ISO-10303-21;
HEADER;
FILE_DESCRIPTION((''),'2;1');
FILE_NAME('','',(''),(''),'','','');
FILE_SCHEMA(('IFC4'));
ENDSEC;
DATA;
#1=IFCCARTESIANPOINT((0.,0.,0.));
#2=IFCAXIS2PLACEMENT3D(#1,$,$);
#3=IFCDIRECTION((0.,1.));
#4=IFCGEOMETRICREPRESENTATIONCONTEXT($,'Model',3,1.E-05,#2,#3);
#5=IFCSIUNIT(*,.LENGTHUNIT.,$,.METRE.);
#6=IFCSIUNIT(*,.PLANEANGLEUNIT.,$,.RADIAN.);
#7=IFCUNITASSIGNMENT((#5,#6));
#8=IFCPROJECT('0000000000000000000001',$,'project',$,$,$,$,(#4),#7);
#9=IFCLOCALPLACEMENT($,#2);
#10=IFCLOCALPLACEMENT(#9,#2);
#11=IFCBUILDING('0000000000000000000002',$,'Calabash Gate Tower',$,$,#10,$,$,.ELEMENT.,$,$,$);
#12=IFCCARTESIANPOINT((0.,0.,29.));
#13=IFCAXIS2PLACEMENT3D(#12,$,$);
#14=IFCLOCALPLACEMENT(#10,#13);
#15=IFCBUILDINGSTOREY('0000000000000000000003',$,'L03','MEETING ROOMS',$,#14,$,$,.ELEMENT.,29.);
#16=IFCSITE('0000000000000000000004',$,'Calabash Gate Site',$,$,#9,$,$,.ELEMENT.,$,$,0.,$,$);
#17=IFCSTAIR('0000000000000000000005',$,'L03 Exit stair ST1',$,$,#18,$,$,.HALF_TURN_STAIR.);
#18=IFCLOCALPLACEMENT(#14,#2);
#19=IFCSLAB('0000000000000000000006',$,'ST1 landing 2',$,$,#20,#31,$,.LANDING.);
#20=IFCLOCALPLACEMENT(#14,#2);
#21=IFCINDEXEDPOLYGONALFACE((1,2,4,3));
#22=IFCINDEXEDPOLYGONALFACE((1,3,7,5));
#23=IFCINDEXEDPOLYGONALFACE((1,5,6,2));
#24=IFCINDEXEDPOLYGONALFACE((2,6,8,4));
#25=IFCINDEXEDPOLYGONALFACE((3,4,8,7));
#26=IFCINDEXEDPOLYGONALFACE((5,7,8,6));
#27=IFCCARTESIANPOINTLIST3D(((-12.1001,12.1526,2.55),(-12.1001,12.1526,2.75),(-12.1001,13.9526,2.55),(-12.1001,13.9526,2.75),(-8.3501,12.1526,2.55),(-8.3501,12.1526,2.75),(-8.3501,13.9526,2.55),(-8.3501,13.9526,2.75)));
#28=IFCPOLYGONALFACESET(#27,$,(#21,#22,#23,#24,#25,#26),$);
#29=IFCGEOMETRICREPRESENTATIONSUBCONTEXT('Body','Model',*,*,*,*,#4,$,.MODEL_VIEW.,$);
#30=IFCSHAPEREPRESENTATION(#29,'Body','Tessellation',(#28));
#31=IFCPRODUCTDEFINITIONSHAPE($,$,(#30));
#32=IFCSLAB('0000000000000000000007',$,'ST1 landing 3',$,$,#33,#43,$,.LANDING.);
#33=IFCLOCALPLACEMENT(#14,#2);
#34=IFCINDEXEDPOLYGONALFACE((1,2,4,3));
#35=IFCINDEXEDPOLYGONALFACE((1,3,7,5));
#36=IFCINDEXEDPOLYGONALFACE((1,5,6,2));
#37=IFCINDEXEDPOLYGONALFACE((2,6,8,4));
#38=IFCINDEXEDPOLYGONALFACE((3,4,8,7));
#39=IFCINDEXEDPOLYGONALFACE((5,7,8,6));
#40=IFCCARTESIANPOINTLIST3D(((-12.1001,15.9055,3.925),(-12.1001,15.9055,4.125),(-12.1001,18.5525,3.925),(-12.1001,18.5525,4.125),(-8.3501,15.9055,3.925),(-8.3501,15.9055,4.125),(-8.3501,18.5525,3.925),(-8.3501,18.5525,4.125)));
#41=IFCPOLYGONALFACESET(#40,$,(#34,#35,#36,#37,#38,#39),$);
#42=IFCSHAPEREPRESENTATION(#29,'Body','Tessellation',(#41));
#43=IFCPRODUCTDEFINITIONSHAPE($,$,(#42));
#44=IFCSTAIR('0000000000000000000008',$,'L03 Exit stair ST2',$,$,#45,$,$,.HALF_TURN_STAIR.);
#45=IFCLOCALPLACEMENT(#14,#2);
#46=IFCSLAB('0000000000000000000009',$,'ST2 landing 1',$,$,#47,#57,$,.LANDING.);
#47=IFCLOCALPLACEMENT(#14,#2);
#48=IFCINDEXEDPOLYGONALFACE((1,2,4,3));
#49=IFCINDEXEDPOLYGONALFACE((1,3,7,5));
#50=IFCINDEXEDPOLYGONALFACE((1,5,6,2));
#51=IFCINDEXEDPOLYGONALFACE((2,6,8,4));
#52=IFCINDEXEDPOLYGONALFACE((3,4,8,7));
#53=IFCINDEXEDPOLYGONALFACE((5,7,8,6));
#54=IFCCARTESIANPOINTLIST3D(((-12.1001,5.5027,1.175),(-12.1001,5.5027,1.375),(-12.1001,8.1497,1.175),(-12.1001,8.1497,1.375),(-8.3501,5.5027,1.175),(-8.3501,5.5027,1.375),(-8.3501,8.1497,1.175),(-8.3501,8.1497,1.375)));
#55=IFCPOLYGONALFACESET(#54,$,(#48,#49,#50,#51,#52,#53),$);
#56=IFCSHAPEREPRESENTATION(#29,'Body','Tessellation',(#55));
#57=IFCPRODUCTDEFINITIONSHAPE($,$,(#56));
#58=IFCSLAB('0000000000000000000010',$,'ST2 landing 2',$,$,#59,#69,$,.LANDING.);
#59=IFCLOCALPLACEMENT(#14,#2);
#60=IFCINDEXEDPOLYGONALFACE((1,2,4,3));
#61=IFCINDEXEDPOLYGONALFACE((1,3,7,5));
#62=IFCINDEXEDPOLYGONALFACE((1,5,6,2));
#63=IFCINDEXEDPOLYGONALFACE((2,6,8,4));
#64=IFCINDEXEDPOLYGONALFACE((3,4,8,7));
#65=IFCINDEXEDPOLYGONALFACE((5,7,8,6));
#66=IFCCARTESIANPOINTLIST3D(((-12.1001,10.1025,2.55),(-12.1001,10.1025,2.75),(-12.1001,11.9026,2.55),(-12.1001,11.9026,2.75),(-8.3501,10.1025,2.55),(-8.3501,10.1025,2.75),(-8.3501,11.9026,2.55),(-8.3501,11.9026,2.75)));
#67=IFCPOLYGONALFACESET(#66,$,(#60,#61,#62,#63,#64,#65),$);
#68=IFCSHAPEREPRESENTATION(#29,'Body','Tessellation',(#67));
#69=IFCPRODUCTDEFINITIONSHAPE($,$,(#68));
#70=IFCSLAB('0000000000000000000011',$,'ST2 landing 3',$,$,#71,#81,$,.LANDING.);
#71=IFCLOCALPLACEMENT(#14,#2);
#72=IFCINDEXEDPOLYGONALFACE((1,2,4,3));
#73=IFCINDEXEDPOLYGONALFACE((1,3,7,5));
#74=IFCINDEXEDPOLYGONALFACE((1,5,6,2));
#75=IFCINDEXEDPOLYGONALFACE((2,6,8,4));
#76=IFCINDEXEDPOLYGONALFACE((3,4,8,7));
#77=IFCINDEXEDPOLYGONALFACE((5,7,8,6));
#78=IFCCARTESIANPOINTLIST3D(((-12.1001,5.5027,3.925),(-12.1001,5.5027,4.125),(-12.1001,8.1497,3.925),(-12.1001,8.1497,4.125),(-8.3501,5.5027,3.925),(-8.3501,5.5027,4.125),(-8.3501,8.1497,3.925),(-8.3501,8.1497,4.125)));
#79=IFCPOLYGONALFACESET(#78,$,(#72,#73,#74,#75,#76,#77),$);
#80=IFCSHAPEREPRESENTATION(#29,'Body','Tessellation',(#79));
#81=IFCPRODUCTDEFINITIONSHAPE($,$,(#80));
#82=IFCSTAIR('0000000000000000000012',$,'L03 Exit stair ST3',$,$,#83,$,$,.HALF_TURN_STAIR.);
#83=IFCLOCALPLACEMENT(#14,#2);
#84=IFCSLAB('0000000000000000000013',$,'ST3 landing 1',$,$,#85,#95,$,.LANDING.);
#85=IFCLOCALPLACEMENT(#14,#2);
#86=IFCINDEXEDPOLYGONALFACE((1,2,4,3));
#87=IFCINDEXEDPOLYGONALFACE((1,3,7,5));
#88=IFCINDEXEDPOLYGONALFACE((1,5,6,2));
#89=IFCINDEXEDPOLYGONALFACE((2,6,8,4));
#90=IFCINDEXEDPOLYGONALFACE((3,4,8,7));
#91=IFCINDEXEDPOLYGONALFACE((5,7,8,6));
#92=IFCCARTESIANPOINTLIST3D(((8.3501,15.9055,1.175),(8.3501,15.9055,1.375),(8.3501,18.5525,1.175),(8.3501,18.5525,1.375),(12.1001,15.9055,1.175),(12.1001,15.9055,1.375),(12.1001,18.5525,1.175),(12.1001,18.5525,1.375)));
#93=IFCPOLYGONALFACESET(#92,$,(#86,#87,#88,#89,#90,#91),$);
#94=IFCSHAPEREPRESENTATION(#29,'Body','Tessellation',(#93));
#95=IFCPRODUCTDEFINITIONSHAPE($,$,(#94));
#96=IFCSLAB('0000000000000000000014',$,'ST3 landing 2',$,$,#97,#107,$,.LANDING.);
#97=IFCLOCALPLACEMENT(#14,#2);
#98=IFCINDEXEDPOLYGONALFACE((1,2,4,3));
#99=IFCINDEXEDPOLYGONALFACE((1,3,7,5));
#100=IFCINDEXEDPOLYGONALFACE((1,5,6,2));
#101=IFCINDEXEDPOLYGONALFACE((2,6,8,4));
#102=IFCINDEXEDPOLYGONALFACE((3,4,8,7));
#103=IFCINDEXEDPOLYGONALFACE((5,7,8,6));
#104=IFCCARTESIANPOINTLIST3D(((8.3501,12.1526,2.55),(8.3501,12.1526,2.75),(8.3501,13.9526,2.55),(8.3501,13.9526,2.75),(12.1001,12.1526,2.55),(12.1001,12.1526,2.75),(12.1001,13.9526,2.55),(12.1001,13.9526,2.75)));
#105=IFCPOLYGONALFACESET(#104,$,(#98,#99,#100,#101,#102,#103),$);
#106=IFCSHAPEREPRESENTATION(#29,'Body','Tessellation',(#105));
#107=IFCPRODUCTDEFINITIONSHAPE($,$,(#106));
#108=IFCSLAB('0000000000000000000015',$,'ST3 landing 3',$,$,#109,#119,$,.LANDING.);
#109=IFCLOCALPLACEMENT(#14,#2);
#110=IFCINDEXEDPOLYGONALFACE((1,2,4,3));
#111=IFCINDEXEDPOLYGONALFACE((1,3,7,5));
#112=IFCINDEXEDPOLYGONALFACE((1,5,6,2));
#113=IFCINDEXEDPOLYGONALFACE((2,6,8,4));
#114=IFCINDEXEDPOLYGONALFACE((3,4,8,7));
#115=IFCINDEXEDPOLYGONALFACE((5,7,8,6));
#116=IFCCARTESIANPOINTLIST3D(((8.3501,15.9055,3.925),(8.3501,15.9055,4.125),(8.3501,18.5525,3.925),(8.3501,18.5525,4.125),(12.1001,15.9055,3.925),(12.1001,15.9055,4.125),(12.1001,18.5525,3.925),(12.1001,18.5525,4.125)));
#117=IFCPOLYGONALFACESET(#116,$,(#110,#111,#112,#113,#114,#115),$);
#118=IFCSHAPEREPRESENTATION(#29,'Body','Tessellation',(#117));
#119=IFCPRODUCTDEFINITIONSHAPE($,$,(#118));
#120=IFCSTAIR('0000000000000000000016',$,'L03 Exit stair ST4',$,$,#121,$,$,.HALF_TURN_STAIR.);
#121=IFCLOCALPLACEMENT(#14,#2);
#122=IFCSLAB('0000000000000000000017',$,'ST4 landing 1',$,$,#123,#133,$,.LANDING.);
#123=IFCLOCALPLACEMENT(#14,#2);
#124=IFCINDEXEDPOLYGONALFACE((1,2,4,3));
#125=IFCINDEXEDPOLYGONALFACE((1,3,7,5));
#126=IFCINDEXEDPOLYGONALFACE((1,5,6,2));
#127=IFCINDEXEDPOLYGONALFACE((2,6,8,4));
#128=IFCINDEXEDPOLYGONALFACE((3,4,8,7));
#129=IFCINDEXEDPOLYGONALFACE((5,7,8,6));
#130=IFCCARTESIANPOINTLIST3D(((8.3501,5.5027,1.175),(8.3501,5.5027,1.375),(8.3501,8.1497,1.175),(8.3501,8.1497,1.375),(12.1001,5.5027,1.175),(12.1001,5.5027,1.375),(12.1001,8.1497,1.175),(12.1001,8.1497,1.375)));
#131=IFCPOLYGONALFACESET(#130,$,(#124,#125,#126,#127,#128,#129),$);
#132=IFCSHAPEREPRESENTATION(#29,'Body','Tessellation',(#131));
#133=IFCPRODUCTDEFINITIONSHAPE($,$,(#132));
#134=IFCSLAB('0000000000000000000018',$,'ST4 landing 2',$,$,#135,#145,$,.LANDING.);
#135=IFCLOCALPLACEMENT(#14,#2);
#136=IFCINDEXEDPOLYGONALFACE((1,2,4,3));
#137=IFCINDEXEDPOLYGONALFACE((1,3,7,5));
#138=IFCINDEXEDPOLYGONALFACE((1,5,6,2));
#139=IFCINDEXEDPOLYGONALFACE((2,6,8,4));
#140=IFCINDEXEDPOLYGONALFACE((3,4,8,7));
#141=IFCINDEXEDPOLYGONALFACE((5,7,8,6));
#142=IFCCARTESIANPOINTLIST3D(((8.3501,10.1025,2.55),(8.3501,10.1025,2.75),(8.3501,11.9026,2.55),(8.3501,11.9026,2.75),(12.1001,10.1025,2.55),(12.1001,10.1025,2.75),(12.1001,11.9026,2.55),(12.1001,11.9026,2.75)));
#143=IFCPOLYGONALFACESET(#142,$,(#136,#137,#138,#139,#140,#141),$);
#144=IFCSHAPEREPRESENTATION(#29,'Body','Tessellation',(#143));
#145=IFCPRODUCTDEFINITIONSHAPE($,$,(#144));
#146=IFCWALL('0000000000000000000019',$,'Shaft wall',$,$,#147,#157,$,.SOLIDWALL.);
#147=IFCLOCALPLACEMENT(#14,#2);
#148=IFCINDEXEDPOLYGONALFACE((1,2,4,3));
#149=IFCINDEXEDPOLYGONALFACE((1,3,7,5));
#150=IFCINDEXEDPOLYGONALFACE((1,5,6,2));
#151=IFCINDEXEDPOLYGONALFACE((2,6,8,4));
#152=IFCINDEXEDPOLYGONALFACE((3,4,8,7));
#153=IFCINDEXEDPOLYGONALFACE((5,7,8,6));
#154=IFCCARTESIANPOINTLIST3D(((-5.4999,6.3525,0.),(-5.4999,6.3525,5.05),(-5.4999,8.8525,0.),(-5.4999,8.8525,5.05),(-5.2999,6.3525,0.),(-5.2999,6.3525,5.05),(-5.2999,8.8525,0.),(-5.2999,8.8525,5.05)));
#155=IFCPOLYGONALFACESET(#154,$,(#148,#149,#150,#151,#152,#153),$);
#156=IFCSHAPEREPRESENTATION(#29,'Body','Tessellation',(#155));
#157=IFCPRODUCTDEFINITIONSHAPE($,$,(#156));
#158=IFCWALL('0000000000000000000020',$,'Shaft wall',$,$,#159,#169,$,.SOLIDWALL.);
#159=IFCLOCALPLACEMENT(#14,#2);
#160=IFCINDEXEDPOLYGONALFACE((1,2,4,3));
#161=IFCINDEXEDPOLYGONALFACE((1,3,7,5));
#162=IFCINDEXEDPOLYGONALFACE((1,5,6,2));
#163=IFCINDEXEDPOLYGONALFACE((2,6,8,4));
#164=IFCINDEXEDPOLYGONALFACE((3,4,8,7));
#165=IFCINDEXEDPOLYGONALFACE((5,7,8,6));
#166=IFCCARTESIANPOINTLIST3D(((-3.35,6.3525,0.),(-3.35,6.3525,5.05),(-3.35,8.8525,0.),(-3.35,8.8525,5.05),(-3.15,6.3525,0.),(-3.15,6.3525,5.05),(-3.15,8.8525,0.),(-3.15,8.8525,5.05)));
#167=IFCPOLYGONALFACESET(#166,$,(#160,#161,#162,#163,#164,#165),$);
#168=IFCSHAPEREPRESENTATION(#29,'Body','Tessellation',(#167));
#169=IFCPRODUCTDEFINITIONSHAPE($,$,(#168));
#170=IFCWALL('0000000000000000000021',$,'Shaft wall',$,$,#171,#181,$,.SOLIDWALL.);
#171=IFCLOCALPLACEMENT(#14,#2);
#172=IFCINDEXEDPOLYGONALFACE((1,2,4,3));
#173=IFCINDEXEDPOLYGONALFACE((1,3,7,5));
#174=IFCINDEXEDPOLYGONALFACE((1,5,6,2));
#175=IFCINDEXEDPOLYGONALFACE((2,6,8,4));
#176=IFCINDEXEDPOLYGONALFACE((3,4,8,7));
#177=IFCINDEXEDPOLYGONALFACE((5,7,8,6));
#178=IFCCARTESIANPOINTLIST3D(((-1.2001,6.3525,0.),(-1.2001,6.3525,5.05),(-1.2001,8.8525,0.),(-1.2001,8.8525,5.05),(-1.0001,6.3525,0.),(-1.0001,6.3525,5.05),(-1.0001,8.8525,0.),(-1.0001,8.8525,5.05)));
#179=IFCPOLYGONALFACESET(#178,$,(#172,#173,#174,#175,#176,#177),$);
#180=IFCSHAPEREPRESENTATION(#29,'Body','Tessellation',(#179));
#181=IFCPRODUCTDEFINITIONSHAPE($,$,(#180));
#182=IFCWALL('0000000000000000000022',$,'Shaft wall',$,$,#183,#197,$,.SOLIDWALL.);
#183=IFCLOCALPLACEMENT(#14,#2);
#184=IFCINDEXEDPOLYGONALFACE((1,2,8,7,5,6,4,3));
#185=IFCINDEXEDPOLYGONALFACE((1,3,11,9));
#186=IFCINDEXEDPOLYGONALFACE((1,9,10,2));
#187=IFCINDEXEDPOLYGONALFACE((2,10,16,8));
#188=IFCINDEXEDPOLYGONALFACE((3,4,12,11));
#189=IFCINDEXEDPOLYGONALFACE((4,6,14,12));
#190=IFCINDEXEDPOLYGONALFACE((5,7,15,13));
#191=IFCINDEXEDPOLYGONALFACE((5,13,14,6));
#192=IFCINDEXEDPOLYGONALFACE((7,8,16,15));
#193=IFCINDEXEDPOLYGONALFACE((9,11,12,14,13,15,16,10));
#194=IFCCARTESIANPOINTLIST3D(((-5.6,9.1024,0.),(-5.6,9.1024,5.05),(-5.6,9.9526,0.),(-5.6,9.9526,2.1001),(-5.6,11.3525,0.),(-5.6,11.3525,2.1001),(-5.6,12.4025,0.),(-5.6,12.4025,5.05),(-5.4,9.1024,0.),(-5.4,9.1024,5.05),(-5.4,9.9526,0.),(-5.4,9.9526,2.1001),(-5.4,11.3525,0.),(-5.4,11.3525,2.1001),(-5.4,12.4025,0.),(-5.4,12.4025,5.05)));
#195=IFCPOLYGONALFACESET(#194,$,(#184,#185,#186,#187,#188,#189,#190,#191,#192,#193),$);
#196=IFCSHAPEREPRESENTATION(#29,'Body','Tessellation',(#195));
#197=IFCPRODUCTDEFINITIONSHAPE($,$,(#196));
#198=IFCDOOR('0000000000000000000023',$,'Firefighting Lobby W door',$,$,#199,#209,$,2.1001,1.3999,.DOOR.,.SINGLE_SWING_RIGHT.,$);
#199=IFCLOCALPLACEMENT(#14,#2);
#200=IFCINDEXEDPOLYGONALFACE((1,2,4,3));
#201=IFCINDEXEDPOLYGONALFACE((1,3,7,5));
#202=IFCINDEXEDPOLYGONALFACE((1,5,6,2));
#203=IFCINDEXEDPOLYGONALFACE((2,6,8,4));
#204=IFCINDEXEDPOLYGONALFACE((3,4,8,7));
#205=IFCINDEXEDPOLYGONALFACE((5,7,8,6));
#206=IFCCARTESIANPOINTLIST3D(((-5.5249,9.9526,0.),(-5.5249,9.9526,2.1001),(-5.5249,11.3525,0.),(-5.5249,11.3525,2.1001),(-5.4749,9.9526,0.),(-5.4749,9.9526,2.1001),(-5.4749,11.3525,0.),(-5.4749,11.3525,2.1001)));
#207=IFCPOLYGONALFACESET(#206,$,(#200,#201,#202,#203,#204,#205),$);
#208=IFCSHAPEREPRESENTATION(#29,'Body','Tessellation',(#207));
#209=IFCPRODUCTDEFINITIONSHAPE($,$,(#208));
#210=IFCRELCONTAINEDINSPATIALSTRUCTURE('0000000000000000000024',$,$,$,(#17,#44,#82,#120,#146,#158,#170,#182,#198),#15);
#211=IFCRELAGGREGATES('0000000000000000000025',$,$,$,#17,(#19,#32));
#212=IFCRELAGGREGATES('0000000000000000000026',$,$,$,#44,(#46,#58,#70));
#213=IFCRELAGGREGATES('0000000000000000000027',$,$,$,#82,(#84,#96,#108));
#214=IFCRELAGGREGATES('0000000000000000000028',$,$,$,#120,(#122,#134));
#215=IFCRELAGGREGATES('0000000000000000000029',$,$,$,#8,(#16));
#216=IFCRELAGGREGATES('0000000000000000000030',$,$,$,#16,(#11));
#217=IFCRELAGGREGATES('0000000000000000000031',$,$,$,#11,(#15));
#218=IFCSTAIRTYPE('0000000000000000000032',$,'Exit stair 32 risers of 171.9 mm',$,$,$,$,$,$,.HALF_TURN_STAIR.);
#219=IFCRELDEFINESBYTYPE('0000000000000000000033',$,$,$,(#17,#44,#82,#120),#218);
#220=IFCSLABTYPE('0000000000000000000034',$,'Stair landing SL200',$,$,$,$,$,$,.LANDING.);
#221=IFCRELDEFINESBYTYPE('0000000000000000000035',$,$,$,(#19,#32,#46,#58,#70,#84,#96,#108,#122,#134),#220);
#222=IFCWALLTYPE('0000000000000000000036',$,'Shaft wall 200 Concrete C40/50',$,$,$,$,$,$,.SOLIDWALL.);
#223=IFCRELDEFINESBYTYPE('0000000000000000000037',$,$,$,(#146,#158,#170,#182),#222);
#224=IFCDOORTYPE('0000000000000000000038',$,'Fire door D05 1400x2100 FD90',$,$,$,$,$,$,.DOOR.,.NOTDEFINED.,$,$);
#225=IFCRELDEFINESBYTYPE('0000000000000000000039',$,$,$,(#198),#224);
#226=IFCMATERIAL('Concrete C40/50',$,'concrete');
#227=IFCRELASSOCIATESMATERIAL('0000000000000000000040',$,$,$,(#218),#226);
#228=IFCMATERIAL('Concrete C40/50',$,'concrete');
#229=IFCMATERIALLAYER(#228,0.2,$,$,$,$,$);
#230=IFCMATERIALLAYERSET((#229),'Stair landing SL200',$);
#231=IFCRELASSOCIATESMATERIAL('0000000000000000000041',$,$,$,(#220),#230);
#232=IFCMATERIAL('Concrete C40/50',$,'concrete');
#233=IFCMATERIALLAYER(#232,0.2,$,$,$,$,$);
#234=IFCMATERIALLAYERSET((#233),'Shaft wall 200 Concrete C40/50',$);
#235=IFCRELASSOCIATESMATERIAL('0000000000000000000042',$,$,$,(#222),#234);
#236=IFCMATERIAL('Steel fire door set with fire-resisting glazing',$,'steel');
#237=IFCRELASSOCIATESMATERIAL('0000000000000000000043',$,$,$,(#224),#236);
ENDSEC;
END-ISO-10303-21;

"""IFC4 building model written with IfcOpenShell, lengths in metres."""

from ifc_helpers import new_model, si_unit, direction, frame, frame_2d, origin, place, context, subcontext, project, spatial, polyline, rectangle, outline, extrude, material, layer, layer_set, type_object, element, fill, aggregate, save


model = new_model("IFC4")

# Units and contexts
model_context = context("Model", 3, precision=1e-05, world=origin(), true_north=direction((0.0, 1.0)))
body_context = subcontext(model_context, "Body", "Model", "MODEL_VIEW")
ifc_project = project(units=[si_unit("LENGTHUNIT", "METRE"), si_unit("PLANEANGLEUNIT", "RADIAN")], contexts=[model_context])

# Site, building, storey
site_placement = place(None, origin())
site = spatial("IfcSite", under=ifc_project, at=site_placement, Name="Calabash Gate Site", CompositionType="ELEMENT", RefElevation=0.0)
building_placement = place(site_placement, origin())
building = spatial("IfcBuilding", under=site, at=building_placement, Name="Calabash Gate Tower", CompositionType="ELEMENT")
storey_placement = place(building_placement, frame((0.0, 0.0, 29.0)))
storey = spatial("IfcBuildingStorey", under=building, at=storey_placement, Name="L03", Description="MEETING ROOMS", CompositionType="ELEMENT", Elevation=29.0)

# Stairs, slabs
ifc_material_1 = material(Name="Concrete C40/50", Category="concrete")
stair_type = type_object("IfcStairType", Name="Exit stair 32 risers of 171.9 mm", PredefinedType="HALF_TURN_STAIR", material=ifc_material_1)
stair_1_placement = place(storey_placement, origin())
stair_1 = element("IfcStair", 1, at=stair_1_placement, inside=storey, type_object=stair_type, Name="L03 Exit stair ST1", PredefinedType="HALF_TURN_STAIR")
ifc_material_2 = material(Name="Concrete C40/50", Category="concrete")
ifc_layer_1 = layer(ifc_material_2, 0.2)
ifc_layer_set_1 = layer_set([ifc_layer_1], Name="Stair landing SL200")
slab_type_1 = type_object("IfcSlabType", Name="Stair landing SL200", PredefinedType="LANDING", material=ifc_layer_set_1)
slab_1_placement = place(storey_placement, frame((0.0, 0.0, 2.55)))
slab_1 = element("IfcSlab", 2, at=slab_1_placement, type_object=slab_type_1, Name="ST1 landing 2", PredefinedType="LANDING", context=body_context, shape_type="SweptSolid", body=[
    extrude(outline(polyline([(-8.3501, 12.1526), (-8.3501, 13.9526), (-12.1001, 13.9526), (-12.1001, 12.1526), (-8.3501, 12.1526)])), origin(), (0.0, 0.0, 1.0), 0.2),
])
slab_2_placement = place(storey_placement, frame((0.0, 0.0, 3.925)))
slab_2 = element("IfcSlab", 3, at=slab_2_placement, type_object=slab_type_1, Name="ST1 landing 3", PredefinedType="LANDING", context=body_context, shape_type="SweptSolid", body=[
    extrude(outline(polyline([(-8.3501, 15.9055), (-8.3501, 18.5525), (-12.1001, 18.5525), (-12.1001, 15.9055), (-8.3501, 15.9055)])), origin(), (0.0, 0.0, 1.0), 0.2),
])
aggregate(stair_1, [slab_1, slab_2])
stair_2_placement = place(storey_placement, origin())
stair_2 = element("IfcStair", 4, at=stair_2_placement, inside=storey, type_object=stair_type, Name="L03 Exit stair ST2", PredefinedType="HALF_TURN_STAIR")
slab_3_placement = place(storey_placement, frame((0.0, 0.0, 1.175)))
slab_3 = element("IfcSlab", 5, at=slab_3_placement, type_object=slab_type_1, Name="ST2 landing 1", PredefinedType="LANDING", context=body_context, shape_type="SweptSolid", body=[
    extrude(outline(polyline([(-12.1001, 8.1497), (-12.1001, 5.5027), (-8.3501, 5.5027), (-8.3501, 8.1497), (-12.1001, 8.1497)])), origin(), (0.0, 0.0, 1.0), 0.2),
])
slab_4_placement = place(storey_placement, frame((0.0, 0.0, 2.55)))
slab_4 = element("IfcSlab", 6, at=slab_4_placement, type_object=slab_type_1, Name="ST2 landing 2", PredefinedType="LANDING", context=body_context, shape_type="SweptSolid", body=[
    extrude(outline(polyline([(-12.1001, 11.9026), (-12.1001, 10.1025), (-8.3501, 10.1025), (-8.3501, 11.9026), (-12.1001, 11.9026)])), origin(), (0.0, 0.0, 1.0), 0.2),
])
slab_5_placement = place(storey_placement, frame((0.0, 0.0, 3.925)))
slab_5 = element("IfcSlab", 7, at=slab_5_placement, type_object=slab_type_1, Name="ST2 landing 3", PredefinedType="LANDING", context=body_context, shape_type="SweptSolid", body=[
    extrude(outline(polyline([(-12.1001, 8.1497), (-12.1001, 5.5027), (-8.3501, 5.5027), (-8.3501, 8.1497), (-12.1001, 8.1497)])), origin(), (0.0, 0.0, 1.0), 0.2),
])
aggregate(stair_2, [slab_3, slab_4, slab_5])
stair_3_placement = place(storey_placement, origin())
stair_3 = element("IfcStair", 8, at=stair_3_placement, inside=storey, type_object=stair_type, Name="L03 Exit stair ST3", PredefinedType="HALF_TURN_STAIR")
slab_6_placement = place(storey_placement, frame((0.0, 0.0, 1.175)))
slab_6 = element("IfcSlab", 9, at=slab_6_placement, type_object=slab_type_1, Name="ST3 landing 1", PredefinedType="LANDING", context=body_context, shape_type="SweptSolid", body=[
    extrude(outline(polyline([(12.1001, 15.9055), (12.1001, 18.5525), (8.3501, 18.5525), (8.3501, 15.9055), (12.1001, 15.9055)])), origin(), (0.0, 0.0, 1.0), 0.2),
])
slab_7_placement = place(storey_placement, frame((0.0, 0.0, 2.55)))
slab_7 = element("IfcSlab", 10, at=slab_7_placement, type_object=slab_type_1, Name="ST3 landing 2", PredefinedType="LANDING", context=body_context, shape_type="SweptSolid", body=[
    extrude(outline(polyline([(12.1001, 12.1526), (12.1001, 13.9526), (8.3501, 13.9526), (8.3501, 12.1526), (12.1001, 12.1526)])), origin(), (0.0, 0.0, 1.0), 0.2),
])
slab_8_placement = place(storey_placement, frame((0.0, 0.0, 3.925)))
slab_8 = element("IfcSlab", 11, at=slab_8_placement, type_object=slab_type_1, Name="ST3 landing 3", PredefinedType="LANDING", context=body_context, shape_type="SweptSolid", body=[
    extrude(outline(polyline([(12.1001, 15.9055), (12.1001, 18.5525), (8.3501, 18.5525), (8.3501, 15.9055), (12.1001, 15.9055)])), origin(), (0.0, 0.0, 1.0), 0.2),
])
aggregate(stair_3, [slab_6, slab_7, slab_8])
stair_4_placement = place(storey_placement, origin())
stair_4 = element("IfcStair", 12, at=stair_4_placement, inside=storey, type_object=stair_type, Name="L03 Exit stair ST4", PredefinedType="HALF_TURN_STAIR")
slab_9_placement = place(storey_placement, frame((0.0, 0.0, 1.175)))
slab_9 = element("IfcSlab", 13, at=slab_9_placement, type_object=slab_type_1, Name="ST4 landing 1", PredefinedType="LANDING", context=body_context, shape_type="SweptSolid", body=[
    extrude(outline(polyline([(8.3501, 8.1497), (8.3501, 5.5027), (12.1001, 5.5027), (12.1001, 8.1497), (8.3501, 8.1497)])), origin(), (0.0, 0.0, 1.0), 0.2),
])
slab_10_placement = place(storey_placement, frame((0.0, 0.0, 2.55)))
slab_10 = element("IfcSlab", 14, at=slab_10_placement, type_object=slab_type_1, Name="ST4 landing 2", PredefinedType="LANDING", context=body_context, shape_type="SweptSolid", body=[
    extrude(outline(polyline([(8.3501, 11.9026), (8.3501, 10.1025), (12.1001, 10.1025), (12.1001, 11.9026), (8.3501, 11.9026)])), origin(), (0.0, 0.0, 1.0), 0.2),
])
aggregate(stair_4, [slab_9, slab_10])

# Walls
ifc_material_3 = material(Name="Concrete C40/50", Category="concrete")
ifc_layer_2 = layer(ifc_material_3, 0.2)
ifc_layer_set_2 = layer_set([ifc_layer_2], Name="Shaft wall 200 Concrete C40/50")
wall_type = type_object("IfcWallType", Name="Shaft wall 200 Concrete C40/50", PredefinedType="SOLIDWALL", material=ifc_layer_set_2)
for number, where, z_axis, x_axis, name in (
    (15, (-5.3999, 6.3525, 0.0), (0.0, 0.0, 1.0), (0.0, 1.0, 0.0), "Shaft wall"),
    (16, (-3.25, 6.3525, 0.0), (0.0, 0.0, 1.0), (0.0, 1.0, 0.0), "Shaft wall"),
    (17, (-1.1001, 6.3525, 0.0), (0.0, 0.0, 1.0), (0.0, 1.0, 0.0), "Shaft wall"),
):
    element("IfcWall", number, at=place(storey_placement, frame(where, z_axis=z_axis, x_axis=x_axis)), inside=storey, type_object=wall_type, Name=name, PredefinedType="SOLIDWALL", context=body_context, shape_type="SweptSolid", body=[
        extrude(rectangle(XDim=2.5, YDim=0.2, at=frame_2d((1.25, 0.0))), origin(), (0.0, 0.0, 1.0), 5.05),
    ])

# Wall, opening, door
wall_1_placement = place(storey_placement, frame((-5.5, 9.1025, 0.0), z_axis=(0.0, 0.0, 1.0), x_axis=(0.0, 1.0, 0.0)))
wall_1 = element("IfcWall", 18, at=wall_1_placement, inside=storey, type_object=wall_type, Name="Shaft wall", PredefinedType="SOLIDWALL", context=body_context, shape_type="SweptSolid", body=[
    extrude(rectangle(XDim=3.3, YDim=0.2, at=frame_2d((1.6499, 0.0))), origin(), (0.0, 0.0, 1.0), 5.05),
])
opening_1_placement = place(wall_1_placement, frame((0.8501, 0.0, 0.0)))
opening_1 = element("IfcOpeningElement", 19, at=opening_1_placement, cuts=wall_1, PredefinedType="OPENING", context=body_context, shape_type="SweptSolid", body=[
    extrude(rectangle(XDim=1.3999, YDim=2.1001, at=frame_2d((0.7, 1.05))), frame((0.0, 0.1099, 0.0), z_axis=(0.0, -1.0, 0.0), x_axis=(1.0, 0.0, 0.0)), (0.0, 0.0, 1.0), 0.22),
])
ifc_material_4 = material(Name="Steel fire door set with fire-resisting glazing", Category="steel")
door_type_1 = type_object("IfcDoorType", Name="Fire door D05 1400x2100 FD90", OperationType="NOTDEFINED", PredefinedType="DOOR", material=ifc_material_4)
door_1_placement = place(opening_1_placement, origin())
door_1 = element("IfcDoor", 20, at=door_1_placement, inside=storey, type_object=door_type_1, Name="Firefighting Lobby W door", OperationType="SINGLE_SWING_RIGHT", OverallHeight=2.1001, OverallWidth=1.3999, PredefinedType="DOOR", context=body_context, shape_type="SweptSolid", body=[
    extrude(rectangle(XDim=1.3999, YDim=2.1001, at=frame_2d((0.7, 1.05))), frame((0.0, 0.0249, 0.0), z_axis=(0.0, -1.0, 0.0), x_axis=(1.0, 0.0, 0.0)), (0.0, 0.0, 1.0), 0.05),
])
fill(opening_1, door_1)

save(model, "model.ifc")
